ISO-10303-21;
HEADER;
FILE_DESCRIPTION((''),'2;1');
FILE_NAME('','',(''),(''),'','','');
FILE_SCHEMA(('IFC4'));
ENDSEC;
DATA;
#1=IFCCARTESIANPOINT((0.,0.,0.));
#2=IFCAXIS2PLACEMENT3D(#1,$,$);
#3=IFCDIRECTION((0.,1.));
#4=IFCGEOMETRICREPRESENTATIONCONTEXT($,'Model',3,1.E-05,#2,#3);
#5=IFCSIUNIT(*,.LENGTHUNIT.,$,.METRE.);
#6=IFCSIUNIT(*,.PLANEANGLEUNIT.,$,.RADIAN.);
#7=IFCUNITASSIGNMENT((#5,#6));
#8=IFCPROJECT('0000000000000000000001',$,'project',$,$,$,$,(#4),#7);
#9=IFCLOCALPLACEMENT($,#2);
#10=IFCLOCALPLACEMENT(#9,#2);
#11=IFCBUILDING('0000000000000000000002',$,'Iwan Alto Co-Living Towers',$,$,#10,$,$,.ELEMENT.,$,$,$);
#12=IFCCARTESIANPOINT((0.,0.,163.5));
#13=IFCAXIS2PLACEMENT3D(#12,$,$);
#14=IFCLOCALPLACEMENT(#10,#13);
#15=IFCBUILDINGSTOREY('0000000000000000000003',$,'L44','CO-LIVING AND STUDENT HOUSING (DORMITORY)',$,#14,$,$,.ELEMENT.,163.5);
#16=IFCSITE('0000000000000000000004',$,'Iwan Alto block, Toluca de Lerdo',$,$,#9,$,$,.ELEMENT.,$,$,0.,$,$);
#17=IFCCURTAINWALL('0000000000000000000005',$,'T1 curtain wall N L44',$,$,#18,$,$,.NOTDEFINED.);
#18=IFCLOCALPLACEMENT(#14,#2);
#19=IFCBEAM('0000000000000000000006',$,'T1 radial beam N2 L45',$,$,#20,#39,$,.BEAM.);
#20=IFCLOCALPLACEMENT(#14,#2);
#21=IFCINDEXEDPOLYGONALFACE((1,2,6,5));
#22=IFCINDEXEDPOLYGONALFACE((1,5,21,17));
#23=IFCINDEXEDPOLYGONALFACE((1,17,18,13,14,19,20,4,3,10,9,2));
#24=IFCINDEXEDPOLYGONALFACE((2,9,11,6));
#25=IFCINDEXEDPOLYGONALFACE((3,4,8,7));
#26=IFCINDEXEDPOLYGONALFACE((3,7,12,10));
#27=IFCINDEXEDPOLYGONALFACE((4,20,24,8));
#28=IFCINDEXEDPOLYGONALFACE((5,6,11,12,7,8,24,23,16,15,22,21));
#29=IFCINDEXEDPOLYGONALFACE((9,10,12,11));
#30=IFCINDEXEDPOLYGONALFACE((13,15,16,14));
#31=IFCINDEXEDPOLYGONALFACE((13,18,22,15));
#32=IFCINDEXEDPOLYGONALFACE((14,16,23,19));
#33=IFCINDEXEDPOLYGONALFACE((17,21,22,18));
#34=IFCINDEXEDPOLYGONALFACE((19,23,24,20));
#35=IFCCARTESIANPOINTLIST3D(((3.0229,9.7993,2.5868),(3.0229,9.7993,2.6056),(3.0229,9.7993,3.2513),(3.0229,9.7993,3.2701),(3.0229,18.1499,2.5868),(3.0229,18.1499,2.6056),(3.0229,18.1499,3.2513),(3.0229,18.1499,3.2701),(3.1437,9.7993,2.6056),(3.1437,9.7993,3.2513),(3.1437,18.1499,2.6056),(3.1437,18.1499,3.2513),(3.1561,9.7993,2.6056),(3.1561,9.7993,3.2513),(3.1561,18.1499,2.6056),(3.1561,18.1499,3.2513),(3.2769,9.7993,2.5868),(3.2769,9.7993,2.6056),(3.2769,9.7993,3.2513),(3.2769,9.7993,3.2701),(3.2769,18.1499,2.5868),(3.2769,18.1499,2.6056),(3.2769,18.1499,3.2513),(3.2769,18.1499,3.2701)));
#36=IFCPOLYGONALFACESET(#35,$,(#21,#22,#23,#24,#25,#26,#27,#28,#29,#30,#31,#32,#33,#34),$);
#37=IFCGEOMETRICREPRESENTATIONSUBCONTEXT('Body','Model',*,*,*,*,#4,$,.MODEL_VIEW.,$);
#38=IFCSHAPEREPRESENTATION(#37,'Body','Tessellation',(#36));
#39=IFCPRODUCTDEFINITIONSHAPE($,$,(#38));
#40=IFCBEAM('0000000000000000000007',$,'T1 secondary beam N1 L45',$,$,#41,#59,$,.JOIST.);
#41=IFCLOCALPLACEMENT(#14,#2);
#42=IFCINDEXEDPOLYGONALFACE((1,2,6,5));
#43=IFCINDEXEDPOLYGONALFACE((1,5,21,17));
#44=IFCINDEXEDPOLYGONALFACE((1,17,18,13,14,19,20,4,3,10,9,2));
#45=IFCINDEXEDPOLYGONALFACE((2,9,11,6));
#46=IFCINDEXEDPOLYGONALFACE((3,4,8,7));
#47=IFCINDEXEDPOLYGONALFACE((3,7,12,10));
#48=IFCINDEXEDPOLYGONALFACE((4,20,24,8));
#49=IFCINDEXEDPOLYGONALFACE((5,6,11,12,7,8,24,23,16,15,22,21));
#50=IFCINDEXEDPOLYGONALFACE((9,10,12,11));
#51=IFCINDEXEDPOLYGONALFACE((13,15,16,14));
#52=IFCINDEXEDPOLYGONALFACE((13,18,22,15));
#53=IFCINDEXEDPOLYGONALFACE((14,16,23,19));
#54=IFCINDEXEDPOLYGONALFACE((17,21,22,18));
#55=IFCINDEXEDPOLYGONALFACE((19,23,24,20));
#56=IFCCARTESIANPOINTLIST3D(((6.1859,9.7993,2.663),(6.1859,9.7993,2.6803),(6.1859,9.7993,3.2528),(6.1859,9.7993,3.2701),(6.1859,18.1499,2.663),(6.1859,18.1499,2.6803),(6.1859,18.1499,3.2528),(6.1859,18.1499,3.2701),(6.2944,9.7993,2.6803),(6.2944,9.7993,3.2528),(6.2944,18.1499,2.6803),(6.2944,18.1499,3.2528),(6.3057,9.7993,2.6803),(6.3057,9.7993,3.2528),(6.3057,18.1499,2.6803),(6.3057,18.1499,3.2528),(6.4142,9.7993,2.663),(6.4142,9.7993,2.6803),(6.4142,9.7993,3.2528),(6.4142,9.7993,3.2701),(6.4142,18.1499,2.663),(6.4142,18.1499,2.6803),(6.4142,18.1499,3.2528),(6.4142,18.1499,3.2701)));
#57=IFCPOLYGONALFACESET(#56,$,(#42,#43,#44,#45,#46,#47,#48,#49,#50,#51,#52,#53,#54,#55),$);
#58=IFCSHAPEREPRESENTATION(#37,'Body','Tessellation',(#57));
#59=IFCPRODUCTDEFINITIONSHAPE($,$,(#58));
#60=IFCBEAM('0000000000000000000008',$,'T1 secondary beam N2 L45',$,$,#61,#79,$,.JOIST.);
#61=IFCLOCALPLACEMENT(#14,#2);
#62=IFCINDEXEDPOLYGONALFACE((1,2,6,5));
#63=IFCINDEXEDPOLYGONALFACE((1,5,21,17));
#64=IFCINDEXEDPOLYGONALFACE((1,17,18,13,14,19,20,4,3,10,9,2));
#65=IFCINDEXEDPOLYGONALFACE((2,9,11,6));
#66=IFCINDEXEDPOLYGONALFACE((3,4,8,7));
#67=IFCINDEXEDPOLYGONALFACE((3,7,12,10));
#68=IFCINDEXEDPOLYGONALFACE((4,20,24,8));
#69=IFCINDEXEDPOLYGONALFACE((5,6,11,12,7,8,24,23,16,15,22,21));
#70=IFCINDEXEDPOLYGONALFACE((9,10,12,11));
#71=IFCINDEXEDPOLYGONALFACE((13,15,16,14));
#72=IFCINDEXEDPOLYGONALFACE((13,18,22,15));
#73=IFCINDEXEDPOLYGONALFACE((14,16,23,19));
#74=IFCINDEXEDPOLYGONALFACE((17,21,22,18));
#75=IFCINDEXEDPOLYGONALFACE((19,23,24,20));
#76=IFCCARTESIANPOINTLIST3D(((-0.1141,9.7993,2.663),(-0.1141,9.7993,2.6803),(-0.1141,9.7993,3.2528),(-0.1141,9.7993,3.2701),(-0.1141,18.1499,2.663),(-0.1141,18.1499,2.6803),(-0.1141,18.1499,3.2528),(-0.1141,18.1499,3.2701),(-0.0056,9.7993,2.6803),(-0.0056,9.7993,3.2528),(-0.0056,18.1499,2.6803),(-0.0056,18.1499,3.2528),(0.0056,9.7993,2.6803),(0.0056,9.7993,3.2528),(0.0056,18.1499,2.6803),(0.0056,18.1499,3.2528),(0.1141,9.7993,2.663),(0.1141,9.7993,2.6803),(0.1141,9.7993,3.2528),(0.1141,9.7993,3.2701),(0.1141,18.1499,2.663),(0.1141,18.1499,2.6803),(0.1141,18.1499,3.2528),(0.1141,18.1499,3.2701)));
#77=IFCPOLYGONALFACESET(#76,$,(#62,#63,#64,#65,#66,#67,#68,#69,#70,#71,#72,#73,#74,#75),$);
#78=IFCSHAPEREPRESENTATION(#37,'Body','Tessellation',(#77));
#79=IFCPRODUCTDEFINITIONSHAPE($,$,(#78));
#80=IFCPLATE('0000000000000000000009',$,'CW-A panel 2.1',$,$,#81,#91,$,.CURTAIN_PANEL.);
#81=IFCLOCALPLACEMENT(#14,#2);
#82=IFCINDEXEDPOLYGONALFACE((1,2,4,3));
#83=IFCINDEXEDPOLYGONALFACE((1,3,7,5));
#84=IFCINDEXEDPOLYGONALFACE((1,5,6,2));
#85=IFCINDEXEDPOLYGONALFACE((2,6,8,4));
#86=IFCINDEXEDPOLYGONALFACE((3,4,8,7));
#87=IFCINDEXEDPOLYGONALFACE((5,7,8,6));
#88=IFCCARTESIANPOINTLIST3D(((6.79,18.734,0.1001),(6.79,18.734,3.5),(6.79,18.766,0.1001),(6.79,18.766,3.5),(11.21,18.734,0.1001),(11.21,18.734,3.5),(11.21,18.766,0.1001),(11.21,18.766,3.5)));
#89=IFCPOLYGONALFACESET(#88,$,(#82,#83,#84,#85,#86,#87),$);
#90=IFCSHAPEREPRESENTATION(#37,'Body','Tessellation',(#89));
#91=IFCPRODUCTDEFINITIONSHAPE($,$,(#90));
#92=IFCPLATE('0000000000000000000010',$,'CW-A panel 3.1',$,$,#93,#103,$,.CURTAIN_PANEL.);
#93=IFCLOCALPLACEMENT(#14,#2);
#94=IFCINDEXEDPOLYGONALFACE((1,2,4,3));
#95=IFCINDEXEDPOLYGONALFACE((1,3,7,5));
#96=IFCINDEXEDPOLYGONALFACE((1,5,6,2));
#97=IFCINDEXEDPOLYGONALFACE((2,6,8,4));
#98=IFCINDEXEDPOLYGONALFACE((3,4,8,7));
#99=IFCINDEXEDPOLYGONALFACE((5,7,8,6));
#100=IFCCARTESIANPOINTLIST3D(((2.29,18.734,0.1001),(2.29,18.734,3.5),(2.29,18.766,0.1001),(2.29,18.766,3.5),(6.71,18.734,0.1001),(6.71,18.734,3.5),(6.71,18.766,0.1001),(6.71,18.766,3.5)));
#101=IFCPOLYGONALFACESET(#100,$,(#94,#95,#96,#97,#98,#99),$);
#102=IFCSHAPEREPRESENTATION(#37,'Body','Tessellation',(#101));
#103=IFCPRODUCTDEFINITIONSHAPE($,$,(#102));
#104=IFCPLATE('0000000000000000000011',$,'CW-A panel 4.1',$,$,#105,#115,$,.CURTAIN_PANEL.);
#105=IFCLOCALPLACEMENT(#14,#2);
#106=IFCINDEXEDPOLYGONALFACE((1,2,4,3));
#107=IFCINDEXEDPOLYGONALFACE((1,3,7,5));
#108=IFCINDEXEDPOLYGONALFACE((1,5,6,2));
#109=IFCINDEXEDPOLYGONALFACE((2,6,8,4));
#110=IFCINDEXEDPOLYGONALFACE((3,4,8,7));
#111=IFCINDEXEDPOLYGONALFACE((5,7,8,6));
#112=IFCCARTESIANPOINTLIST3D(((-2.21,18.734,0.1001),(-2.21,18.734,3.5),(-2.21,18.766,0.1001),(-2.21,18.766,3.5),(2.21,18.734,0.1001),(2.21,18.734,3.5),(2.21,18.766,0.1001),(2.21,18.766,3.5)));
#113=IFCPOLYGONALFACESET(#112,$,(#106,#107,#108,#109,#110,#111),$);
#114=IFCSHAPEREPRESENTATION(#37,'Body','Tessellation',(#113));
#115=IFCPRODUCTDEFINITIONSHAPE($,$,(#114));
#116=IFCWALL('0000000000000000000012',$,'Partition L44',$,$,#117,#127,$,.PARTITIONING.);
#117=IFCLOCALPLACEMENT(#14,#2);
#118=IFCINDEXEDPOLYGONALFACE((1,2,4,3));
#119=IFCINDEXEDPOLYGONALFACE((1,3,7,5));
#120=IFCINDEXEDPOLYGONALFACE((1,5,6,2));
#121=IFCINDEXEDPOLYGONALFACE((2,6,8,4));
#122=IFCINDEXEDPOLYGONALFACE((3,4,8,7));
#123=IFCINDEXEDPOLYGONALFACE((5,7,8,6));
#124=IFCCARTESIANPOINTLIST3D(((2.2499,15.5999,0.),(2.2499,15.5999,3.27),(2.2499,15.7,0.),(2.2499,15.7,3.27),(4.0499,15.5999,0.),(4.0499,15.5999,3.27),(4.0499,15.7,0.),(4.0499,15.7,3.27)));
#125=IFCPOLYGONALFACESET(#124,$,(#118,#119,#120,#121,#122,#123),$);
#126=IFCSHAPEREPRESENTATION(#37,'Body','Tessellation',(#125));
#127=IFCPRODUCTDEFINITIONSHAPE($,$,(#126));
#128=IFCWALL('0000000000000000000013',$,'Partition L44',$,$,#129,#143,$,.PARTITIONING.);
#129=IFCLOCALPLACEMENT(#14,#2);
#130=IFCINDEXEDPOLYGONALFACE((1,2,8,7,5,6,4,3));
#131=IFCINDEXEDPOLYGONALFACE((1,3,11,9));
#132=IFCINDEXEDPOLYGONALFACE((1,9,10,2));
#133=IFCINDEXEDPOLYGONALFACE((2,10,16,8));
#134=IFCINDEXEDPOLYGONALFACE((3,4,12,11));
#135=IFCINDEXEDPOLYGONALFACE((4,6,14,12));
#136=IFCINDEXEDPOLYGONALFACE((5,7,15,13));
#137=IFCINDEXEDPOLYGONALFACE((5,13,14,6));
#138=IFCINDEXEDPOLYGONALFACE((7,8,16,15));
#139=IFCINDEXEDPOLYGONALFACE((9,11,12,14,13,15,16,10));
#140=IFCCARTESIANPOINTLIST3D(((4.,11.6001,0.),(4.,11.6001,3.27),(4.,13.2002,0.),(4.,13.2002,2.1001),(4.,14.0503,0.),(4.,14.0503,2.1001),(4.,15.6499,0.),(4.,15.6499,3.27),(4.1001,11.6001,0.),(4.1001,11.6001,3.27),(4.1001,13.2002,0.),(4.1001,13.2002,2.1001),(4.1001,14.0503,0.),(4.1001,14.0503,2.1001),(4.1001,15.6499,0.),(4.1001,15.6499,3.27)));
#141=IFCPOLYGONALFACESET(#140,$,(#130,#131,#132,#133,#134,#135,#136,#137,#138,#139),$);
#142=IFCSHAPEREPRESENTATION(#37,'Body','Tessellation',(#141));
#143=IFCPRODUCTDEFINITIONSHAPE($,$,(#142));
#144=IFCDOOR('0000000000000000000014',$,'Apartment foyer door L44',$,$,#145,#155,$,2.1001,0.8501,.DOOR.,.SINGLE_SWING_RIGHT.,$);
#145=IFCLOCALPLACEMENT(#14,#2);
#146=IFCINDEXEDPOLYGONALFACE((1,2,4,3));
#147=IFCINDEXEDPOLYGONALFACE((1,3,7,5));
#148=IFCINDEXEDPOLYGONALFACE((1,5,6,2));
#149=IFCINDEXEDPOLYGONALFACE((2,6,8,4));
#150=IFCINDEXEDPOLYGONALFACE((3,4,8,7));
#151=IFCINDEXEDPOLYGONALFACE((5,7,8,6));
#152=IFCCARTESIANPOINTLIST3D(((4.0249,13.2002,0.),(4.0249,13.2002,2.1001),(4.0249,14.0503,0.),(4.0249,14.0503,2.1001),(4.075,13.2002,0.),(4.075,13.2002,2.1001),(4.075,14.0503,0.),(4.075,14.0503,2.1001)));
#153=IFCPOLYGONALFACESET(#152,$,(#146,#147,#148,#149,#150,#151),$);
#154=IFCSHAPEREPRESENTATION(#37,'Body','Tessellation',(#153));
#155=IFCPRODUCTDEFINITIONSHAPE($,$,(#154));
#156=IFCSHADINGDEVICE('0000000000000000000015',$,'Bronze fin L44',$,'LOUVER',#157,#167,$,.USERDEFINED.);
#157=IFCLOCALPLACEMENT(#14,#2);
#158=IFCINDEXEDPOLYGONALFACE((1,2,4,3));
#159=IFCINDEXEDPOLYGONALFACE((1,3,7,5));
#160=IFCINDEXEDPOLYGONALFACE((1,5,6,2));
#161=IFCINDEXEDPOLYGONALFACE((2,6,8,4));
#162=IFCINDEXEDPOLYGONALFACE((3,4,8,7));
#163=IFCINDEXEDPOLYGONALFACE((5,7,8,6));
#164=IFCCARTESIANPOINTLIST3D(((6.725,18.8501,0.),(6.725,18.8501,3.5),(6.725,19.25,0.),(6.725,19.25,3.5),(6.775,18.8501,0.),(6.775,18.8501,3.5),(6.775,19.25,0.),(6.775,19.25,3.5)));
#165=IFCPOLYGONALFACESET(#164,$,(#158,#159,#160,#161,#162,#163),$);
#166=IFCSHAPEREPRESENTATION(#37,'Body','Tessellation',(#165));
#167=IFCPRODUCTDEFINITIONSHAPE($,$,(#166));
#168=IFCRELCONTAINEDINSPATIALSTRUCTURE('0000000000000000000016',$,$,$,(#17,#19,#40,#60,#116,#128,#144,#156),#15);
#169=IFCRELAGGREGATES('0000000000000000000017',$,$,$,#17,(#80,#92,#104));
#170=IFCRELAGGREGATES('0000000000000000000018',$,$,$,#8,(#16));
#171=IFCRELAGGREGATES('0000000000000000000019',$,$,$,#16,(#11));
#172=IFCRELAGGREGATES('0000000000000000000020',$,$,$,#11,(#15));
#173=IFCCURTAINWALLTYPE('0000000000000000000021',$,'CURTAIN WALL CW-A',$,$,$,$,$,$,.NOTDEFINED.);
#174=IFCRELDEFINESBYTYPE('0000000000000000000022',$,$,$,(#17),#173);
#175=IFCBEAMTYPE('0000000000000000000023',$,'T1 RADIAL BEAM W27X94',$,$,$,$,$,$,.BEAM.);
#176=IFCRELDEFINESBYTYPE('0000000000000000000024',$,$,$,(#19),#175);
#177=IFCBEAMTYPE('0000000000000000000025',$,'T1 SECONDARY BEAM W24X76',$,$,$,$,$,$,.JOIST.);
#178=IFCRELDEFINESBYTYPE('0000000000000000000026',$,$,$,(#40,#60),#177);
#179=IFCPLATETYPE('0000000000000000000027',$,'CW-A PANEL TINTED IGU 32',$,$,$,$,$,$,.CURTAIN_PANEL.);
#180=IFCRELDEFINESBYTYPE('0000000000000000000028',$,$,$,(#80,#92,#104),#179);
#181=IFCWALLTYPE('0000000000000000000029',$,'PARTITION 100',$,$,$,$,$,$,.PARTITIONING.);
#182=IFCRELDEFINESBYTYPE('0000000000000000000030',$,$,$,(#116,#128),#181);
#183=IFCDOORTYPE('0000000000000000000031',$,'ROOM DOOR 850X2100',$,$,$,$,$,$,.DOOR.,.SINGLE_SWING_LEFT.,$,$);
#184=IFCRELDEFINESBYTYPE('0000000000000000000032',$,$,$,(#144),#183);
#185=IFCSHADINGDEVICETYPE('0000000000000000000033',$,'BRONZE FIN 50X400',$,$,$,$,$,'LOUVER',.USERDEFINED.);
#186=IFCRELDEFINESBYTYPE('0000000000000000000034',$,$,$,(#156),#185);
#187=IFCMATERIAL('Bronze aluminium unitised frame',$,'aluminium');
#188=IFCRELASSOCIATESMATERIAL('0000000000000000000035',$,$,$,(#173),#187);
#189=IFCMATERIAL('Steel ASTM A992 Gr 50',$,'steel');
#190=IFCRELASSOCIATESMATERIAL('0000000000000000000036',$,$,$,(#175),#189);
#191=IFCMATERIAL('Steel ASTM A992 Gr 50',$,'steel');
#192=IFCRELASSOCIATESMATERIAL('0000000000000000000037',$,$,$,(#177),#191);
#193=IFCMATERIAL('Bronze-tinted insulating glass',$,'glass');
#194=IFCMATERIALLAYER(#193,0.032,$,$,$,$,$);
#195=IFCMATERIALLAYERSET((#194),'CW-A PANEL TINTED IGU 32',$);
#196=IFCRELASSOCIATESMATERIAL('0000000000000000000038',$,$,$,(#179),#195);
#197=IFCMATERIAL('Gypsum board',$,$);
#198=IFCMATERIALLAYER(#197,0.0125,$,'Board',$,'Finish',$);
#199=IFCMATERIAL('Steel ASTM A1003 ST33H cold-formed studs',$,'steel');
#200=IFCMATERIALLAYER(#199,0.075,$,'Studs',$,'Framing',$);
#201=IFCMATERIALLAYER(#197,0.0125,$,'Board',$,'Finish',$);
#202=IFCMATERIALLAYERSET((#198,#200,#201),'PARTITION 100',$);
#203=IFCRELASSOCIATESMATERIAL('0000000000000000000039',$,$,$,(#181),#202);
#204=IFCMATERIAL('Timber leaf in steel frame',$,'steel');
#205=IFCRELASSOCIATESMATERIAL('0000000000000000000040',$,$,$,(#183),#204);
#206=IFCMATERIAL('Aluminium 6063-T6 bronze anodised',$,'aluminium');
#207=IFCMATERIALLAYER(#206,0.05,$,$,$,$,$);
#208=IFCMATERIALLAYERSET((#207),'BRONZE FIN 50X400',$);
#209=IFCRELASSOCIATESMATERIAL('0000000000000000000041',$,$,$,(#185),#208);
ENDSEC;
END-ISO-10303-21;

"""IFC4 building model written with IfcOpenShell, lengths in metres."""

from ifc_helpers import new_model, si_unit, direction, frame, frame_2d, origin, origin_2d, place, context, subcontext, project, spatial, rectangle, i_section, extrude, material, layer, layer_set, material_profile, profile_set, type_object, element, fill, aggregate, save


model = new_model("IFC4")

# Units and contexts
model_context = context("Model", 3, precision=1e-05, world=origin(), true_north=direction((0.0, 1.0)))
body_context = subcontext(model_context, "Body", "Model", "MODEL_VIEW")
ifc_project = project(units=[si_unit("LENGTHUNIT", "METRE"), si_unit("PLANEANGLEUNIT", "RADIAN")], contexts=[model_context])

# Site, building, storey
site_placement = place(None, origin())
site = spatial("IfcSite", under=ifc_project, at=site_placement, Name="Iwan Alto block, Toluca de Lerdo", CompositionType="ELEMENT", RefElevation=0.0)
building_placement = place(site_placement, origin())
building = spatial("IfcBuilding", under=site, at=building_placement, Name="Iwan Alto Co-Living Towers", CompositionType="ELEMENT")
storey_placement = place(building_placement, frame((0.0, 0.0, 163.5)))
storey = spatial("IfcBuildingStorey", under=building, at=storey_placement, Name="L44", Description="CO-LIVING AND STUDENT HOUSING (DORMITORY)", CompositionType="ELEMENT", Elevation=163.5)

# Curtain wall
ifc_material_1 = material(Name="Bronze aluminium unitised frame", Category="aluminium")
curtain_wall_type = type_object("IfcCurtainWallType", Name="CURTAIN WALL CW-A", PredefinedType="NOTDEFINED", material=ifc_material_1)
curtain_wall_placement = place(storey_placement, origin())
curtain_wall = element("IfcCurtainWall", 1, at=curtain_wall_placement, inside=storey, type_object=curtain_wall_type, Name="T1 curtain wall N L44", PredefinedType="NOTDEFINED")

# Beams
ifc_material_2 = material(Name="Steel ASTM A992 Gr 50", Category="steel")
ifc_material_profile_1 = material_profile(ifc_material_2, i_section(OverallWidth=0.2539, OverallDepth=0.6833, WebThickness=0.0125, FlangeThickness=0.0188, at=origin_2d()), Name="W27X94")
ifc_profile_set_1 = profile_set([ifc_material_profile_1], Name="Steel ASTM A992 Gr 50")
beam_type_1 = type_object("IfcBeamType", Name="T1 RADIAL BEAM W27X94", PredefinedType="BEAM", material=ifc_profile_set_1)
for number, where, z_axis, x_axis, name in (
    (2, (3.1499, 18.1499, 2.9285), (0.0, -1.0, 0.0), (1.0, 0.0, 0.0), "T1 radial beam N2 L45"),
):
    element("IfcBeam", number, at=place(storey_placement, frame(where, z_axis=z_axis, x_axis=x_axis)), inside=storey, type_object=beam_type_1, Name=name, PredefinedType="BEAM", context=body_context, shape_type="SweptSolid", body=[
        extrude(i_section(OverallWidth=0.2539, OverallDepth=0.6833, WebThickness=0.0125, FlangeThickness=0.0188, at=origin_2d()), origin(), (0.0, 0.0, 1.0), 8.3506),
    ])
ifc_material_3 = material(Name="Steel ASTM A992 Gr 50", Category="steel")
ifc_material_profile_2 = material_profile(ifc_material_3, i_section(OverallWidth=0.2283, OverallDepth=0.6072, WebThickness=0.0112, FlangeThickness=0.0173, at=origin_2d()), Name="W24X76")
ifc_profile_set_2 = profile_set([ifc_material_profile_2], Name="Steel ASTM A992 Gr 50")
beam_type_2 = type_object("IfcBeamType", Name="T1 SECONDARY BEAM W24X76", PredefinedType="JOIST", material=ifc_profile_set_2)
for number, where, z_axis, x_axis, name in (
    (3, (6.3, 18.1499, 2.9666), (0.0, -1.0, 0.0), (1.0, 0.0, 0.0), "T1 secondary beam N1 L45"),
    (4, (0.0, 18.1499, 2.9666), (0.0, -1.0, 0.0), (1.0, 0.0, 0.0), "T1 secondary beam N2 L45"),
):
    element("IfcBeam", number, at=place(storey_placement, frame(where, z_axis=z_axis, x_axis=x_axis)), inside=storey, type_object=beam_type_2, Name=name, PredefinedType="JOIST", context=body_context, shape_type="SweptSolid", body=[
        extrude(i_section(OverallWidth=0.2283, OverallDepth=0.6072, WebThickness=0.0112, FlangeThickness=0.0173, at=origin_2d()), origin(), (0.0, 0.0, 1.0), 8.3506),
    ])

# Plates
ifc_material_4 = material(Name="Bronze-tinted insulating glass", Category="glass")
ifc_layer_1 = layer(ifc_material_4, 0.032)
ifc_layer_set_1 = layer_set([ifc_layer_1], Name="CW-A PANEL TINTED IGU 32")
plate_type = type_object("IfcPlateType", Name="CW-A PANEL TINTED IGU 32", PredefinedType="CURTAIN_PANEL", material=ifc_layer_set_1)
plate_1_placement = place(storey_placement, frame((9.0, 18.75, 0.1001), z_axis=(0.0, 0.0, 1.0), x_axis=(-1.0, 0.0, 0.0)))
plate_1 = element("IfcPlate", 5, at=plate_1_placement, type_object=plate_type, Name="CW-A panel 2.1", PredefinedType="CURTAIN_PANEL", context=body_context, shape_type="SweptSolid", body=[
    extrude(rectangle(XDim=4.4199, YDim=0.032, at=origin_2d()), origin(), (0.0, 0.0, 1.0), 3.3999),
])
plate_2_placement = place(storey_placement, frame((4.5, 18.75, 0.1001), z_axis=(0.0, 0.0, 1.0), x_axis=(-1.0, 0.0, 0.0)))
plate_2 = element("IfcPlate", 6, at=plate_2_placement, type_object=plate_type, Name="CW-A panel 3.1", PredefinedType="CURTAIN_PANEL", context=body_context, shape_type="SweptSolid", body=[
    extrude(rectangle(XDim=4.4199, YDim=0.032, at=origin_2d()), origin(), (0.0, 0.0, 1.0), 3.3999),
])
plate_3_placement = place(storey_placement, frame((0.0, 18.75, 0.1001), z_axis=(0.0, 0.0, 1.0), x_axis=(-1.0, 0.0, 0.0)))
plate_3 = element("IfcPlate", 7, at=plate_3_placement, type_object=plate_type, Name="CW-A panel 4.1", PredefinedType="CURTAIN_PANEL", context=body_context, shape_type="SweptSolid", body=[
    extrude(rectangle(XDim=4.4199, YDim=0.032, at=origin_2d()), origin(), (0.0, 0.0, 1.0), 3.3999),
])
aggregate(curtain_wall, [plate_1, plate_2, plate_3])

# Wall
ifc_material_5 = material(Name="Gypsum board")
ifc_layer_2 = layer(ifc_material_5, 0.0125, Name="Board", Category="Finish")
ifc_material_6 = material(Name="Steel ASTM A1003 ST33H cold-formed studs", Category="steel")
ifc_layer_3 = layer(ifc_material_6, 0.075, Name="Studs", Category="Framing")
ifc_layer_4 = layer(ifc_material_5, 0.0125, Name="Board", Category="Finish")
ifc_layer_set_2 = layer_set([ifc_layer_2, ifc_layer_3, ifc_layer_4], Name="PARTITION 100")
wall_type = type_object("IfcWallType", Name="PARTITION 100", PredefinedType="PARTITIONING", material=ifc_layer_set_2)
wall_1_placement = place(storey_placement, frame((2.25, 15.6499, 0.0), z_axis=(0.0, 0.0, 1.0), x_axis=(1.0, 0.0, 0.0)))
element("IfcWall", 8, at=wall_1_placement, inside=storey, type_object=wall_type, Name="Partition L44", PredefinedType="PARTITIONING", context=body_context, shape_type="SweptSolid", body=[
    extrude(rectangle(XDim=1.8, YDim=0.1001, at=frame_2d((0.8999, 0.0))), origin(), (0.0, 0.0, 1.0), 3.27),
])

# Wall, opening, door
wall_2_placement = place(storey_placement, frame((4.05, 11.6001, 0.0), z_axis=(0.0, 0.0, 1.0), x_axis=(0.0, 1.0, 0.0)))
wall_2 = element("IfcWall", 9, at=wall_2_placement, inside=storey, type_object=wall_type, Name="Partition L44", PredefinedType="PARTITIONING", context=body_context, shape_type="SweptSolid", body=[
    extrude(rectangle(XDim=4.0498, YDim=0.1001, at=frame_2d((2.0249, 0.0))), origin(), (0.0, 0.0, 1.0), 3.27),
])
opening_placement = place(wall_2_placement, frame((1.6001, 0.0, 0.0)))
opening = element("IfcOpeningElement", 10, at=opening_placement, cuts=wall_2, PredefinedType="OPENING", context=body_context, shape_type="SweptSolid", body=[
    extrude(rectangle(XDim=0.8501, YDim=2.1001, at=frame_2d((0.425, 1.05))), frame((0.0, 0.0601, 0.0), z_axis=(0.0, -1.0, 0.0), x_axis=(1.0, 0.0, 0.0)), (0.0, 0.0, 1.0), 0.1201),
])
ifc_material_7 = material(Name="Timber leaf in steel frame", Category="steel")
door_type = type_object("IfcDoorType", Name="ROOM DOOR 850X2100", OperationType="SINGLE_SWING_LEFT", PredefinedType="DOOR", material=ifc_material_7)
door_placement = place(opening_placement, frame((0.8501, 0.0, 0.0), z_axis=(0.0, 0.0, 1.0), x_axis=(-1.0, 0.0, 0.0)))
door = element("IfcDoor", 11, at=door_placement, inside=storey, type_object=door_type, Name="Apartment foyer door L44", OperationType="SINGLE_SWING_RIGHT", OverallHeight=2.1001, OverallWidth=0.8501, PredefinedType="DOOR", context=body_context, shape_type="SweptSolid", body=[
    extrude(rectangle(XDim=0.8501, YDim=2.1001, at=frame_2d((0.425, 1.05))), frame((0.0, 0.0249, 0.0), z_axis=(0.0, -1.0, 0.0), x_axis=(1.0, 0.0, 0.0)), (0.0, 0.0, 1.0), 0.05),
])
fill(opening, door)

# Shading device
ifc_material_8 = material(Name="Aluminium 6063-T6 bronze anodised", Category="aluminium")
ifc_layer_5 = layer(ifc_material_8, 0.05)
ifc_layer_set_3 = layer_set([ifc_layer_5], Name="BRONZE FIN 50X400")
shading_device_type = type_object("IfcShadingDeviceType", Name="BRONZE FIN 50X400", ElementType="LOUVER", PredefinedType="USERDEFINED", material=ifc_layer_set_3)
shading_device_placement = place(storey_placement, frame((6.75, 19.05, 0.0), z_axis=(0.0, 0.0, 1.0), x_axis=(-1.0, 0.0, 0.0)))
element("IfcShadingDevice", 12, at=shading_device_placement, inside=storey, type_object=shading_device_type, Name="Bronze fin L44", ObjectType="LOUVER", PredefinedType="USERDEFINED", context=body_context, shape_type="SweptSolid", body=[
    extrude(rectangle(XDim=0.05, YDim=0.3999, at=origin_2d()), origin(), (0.0, 0.0, 1.0), 3.5),
])

save(model, "model.ifc")
